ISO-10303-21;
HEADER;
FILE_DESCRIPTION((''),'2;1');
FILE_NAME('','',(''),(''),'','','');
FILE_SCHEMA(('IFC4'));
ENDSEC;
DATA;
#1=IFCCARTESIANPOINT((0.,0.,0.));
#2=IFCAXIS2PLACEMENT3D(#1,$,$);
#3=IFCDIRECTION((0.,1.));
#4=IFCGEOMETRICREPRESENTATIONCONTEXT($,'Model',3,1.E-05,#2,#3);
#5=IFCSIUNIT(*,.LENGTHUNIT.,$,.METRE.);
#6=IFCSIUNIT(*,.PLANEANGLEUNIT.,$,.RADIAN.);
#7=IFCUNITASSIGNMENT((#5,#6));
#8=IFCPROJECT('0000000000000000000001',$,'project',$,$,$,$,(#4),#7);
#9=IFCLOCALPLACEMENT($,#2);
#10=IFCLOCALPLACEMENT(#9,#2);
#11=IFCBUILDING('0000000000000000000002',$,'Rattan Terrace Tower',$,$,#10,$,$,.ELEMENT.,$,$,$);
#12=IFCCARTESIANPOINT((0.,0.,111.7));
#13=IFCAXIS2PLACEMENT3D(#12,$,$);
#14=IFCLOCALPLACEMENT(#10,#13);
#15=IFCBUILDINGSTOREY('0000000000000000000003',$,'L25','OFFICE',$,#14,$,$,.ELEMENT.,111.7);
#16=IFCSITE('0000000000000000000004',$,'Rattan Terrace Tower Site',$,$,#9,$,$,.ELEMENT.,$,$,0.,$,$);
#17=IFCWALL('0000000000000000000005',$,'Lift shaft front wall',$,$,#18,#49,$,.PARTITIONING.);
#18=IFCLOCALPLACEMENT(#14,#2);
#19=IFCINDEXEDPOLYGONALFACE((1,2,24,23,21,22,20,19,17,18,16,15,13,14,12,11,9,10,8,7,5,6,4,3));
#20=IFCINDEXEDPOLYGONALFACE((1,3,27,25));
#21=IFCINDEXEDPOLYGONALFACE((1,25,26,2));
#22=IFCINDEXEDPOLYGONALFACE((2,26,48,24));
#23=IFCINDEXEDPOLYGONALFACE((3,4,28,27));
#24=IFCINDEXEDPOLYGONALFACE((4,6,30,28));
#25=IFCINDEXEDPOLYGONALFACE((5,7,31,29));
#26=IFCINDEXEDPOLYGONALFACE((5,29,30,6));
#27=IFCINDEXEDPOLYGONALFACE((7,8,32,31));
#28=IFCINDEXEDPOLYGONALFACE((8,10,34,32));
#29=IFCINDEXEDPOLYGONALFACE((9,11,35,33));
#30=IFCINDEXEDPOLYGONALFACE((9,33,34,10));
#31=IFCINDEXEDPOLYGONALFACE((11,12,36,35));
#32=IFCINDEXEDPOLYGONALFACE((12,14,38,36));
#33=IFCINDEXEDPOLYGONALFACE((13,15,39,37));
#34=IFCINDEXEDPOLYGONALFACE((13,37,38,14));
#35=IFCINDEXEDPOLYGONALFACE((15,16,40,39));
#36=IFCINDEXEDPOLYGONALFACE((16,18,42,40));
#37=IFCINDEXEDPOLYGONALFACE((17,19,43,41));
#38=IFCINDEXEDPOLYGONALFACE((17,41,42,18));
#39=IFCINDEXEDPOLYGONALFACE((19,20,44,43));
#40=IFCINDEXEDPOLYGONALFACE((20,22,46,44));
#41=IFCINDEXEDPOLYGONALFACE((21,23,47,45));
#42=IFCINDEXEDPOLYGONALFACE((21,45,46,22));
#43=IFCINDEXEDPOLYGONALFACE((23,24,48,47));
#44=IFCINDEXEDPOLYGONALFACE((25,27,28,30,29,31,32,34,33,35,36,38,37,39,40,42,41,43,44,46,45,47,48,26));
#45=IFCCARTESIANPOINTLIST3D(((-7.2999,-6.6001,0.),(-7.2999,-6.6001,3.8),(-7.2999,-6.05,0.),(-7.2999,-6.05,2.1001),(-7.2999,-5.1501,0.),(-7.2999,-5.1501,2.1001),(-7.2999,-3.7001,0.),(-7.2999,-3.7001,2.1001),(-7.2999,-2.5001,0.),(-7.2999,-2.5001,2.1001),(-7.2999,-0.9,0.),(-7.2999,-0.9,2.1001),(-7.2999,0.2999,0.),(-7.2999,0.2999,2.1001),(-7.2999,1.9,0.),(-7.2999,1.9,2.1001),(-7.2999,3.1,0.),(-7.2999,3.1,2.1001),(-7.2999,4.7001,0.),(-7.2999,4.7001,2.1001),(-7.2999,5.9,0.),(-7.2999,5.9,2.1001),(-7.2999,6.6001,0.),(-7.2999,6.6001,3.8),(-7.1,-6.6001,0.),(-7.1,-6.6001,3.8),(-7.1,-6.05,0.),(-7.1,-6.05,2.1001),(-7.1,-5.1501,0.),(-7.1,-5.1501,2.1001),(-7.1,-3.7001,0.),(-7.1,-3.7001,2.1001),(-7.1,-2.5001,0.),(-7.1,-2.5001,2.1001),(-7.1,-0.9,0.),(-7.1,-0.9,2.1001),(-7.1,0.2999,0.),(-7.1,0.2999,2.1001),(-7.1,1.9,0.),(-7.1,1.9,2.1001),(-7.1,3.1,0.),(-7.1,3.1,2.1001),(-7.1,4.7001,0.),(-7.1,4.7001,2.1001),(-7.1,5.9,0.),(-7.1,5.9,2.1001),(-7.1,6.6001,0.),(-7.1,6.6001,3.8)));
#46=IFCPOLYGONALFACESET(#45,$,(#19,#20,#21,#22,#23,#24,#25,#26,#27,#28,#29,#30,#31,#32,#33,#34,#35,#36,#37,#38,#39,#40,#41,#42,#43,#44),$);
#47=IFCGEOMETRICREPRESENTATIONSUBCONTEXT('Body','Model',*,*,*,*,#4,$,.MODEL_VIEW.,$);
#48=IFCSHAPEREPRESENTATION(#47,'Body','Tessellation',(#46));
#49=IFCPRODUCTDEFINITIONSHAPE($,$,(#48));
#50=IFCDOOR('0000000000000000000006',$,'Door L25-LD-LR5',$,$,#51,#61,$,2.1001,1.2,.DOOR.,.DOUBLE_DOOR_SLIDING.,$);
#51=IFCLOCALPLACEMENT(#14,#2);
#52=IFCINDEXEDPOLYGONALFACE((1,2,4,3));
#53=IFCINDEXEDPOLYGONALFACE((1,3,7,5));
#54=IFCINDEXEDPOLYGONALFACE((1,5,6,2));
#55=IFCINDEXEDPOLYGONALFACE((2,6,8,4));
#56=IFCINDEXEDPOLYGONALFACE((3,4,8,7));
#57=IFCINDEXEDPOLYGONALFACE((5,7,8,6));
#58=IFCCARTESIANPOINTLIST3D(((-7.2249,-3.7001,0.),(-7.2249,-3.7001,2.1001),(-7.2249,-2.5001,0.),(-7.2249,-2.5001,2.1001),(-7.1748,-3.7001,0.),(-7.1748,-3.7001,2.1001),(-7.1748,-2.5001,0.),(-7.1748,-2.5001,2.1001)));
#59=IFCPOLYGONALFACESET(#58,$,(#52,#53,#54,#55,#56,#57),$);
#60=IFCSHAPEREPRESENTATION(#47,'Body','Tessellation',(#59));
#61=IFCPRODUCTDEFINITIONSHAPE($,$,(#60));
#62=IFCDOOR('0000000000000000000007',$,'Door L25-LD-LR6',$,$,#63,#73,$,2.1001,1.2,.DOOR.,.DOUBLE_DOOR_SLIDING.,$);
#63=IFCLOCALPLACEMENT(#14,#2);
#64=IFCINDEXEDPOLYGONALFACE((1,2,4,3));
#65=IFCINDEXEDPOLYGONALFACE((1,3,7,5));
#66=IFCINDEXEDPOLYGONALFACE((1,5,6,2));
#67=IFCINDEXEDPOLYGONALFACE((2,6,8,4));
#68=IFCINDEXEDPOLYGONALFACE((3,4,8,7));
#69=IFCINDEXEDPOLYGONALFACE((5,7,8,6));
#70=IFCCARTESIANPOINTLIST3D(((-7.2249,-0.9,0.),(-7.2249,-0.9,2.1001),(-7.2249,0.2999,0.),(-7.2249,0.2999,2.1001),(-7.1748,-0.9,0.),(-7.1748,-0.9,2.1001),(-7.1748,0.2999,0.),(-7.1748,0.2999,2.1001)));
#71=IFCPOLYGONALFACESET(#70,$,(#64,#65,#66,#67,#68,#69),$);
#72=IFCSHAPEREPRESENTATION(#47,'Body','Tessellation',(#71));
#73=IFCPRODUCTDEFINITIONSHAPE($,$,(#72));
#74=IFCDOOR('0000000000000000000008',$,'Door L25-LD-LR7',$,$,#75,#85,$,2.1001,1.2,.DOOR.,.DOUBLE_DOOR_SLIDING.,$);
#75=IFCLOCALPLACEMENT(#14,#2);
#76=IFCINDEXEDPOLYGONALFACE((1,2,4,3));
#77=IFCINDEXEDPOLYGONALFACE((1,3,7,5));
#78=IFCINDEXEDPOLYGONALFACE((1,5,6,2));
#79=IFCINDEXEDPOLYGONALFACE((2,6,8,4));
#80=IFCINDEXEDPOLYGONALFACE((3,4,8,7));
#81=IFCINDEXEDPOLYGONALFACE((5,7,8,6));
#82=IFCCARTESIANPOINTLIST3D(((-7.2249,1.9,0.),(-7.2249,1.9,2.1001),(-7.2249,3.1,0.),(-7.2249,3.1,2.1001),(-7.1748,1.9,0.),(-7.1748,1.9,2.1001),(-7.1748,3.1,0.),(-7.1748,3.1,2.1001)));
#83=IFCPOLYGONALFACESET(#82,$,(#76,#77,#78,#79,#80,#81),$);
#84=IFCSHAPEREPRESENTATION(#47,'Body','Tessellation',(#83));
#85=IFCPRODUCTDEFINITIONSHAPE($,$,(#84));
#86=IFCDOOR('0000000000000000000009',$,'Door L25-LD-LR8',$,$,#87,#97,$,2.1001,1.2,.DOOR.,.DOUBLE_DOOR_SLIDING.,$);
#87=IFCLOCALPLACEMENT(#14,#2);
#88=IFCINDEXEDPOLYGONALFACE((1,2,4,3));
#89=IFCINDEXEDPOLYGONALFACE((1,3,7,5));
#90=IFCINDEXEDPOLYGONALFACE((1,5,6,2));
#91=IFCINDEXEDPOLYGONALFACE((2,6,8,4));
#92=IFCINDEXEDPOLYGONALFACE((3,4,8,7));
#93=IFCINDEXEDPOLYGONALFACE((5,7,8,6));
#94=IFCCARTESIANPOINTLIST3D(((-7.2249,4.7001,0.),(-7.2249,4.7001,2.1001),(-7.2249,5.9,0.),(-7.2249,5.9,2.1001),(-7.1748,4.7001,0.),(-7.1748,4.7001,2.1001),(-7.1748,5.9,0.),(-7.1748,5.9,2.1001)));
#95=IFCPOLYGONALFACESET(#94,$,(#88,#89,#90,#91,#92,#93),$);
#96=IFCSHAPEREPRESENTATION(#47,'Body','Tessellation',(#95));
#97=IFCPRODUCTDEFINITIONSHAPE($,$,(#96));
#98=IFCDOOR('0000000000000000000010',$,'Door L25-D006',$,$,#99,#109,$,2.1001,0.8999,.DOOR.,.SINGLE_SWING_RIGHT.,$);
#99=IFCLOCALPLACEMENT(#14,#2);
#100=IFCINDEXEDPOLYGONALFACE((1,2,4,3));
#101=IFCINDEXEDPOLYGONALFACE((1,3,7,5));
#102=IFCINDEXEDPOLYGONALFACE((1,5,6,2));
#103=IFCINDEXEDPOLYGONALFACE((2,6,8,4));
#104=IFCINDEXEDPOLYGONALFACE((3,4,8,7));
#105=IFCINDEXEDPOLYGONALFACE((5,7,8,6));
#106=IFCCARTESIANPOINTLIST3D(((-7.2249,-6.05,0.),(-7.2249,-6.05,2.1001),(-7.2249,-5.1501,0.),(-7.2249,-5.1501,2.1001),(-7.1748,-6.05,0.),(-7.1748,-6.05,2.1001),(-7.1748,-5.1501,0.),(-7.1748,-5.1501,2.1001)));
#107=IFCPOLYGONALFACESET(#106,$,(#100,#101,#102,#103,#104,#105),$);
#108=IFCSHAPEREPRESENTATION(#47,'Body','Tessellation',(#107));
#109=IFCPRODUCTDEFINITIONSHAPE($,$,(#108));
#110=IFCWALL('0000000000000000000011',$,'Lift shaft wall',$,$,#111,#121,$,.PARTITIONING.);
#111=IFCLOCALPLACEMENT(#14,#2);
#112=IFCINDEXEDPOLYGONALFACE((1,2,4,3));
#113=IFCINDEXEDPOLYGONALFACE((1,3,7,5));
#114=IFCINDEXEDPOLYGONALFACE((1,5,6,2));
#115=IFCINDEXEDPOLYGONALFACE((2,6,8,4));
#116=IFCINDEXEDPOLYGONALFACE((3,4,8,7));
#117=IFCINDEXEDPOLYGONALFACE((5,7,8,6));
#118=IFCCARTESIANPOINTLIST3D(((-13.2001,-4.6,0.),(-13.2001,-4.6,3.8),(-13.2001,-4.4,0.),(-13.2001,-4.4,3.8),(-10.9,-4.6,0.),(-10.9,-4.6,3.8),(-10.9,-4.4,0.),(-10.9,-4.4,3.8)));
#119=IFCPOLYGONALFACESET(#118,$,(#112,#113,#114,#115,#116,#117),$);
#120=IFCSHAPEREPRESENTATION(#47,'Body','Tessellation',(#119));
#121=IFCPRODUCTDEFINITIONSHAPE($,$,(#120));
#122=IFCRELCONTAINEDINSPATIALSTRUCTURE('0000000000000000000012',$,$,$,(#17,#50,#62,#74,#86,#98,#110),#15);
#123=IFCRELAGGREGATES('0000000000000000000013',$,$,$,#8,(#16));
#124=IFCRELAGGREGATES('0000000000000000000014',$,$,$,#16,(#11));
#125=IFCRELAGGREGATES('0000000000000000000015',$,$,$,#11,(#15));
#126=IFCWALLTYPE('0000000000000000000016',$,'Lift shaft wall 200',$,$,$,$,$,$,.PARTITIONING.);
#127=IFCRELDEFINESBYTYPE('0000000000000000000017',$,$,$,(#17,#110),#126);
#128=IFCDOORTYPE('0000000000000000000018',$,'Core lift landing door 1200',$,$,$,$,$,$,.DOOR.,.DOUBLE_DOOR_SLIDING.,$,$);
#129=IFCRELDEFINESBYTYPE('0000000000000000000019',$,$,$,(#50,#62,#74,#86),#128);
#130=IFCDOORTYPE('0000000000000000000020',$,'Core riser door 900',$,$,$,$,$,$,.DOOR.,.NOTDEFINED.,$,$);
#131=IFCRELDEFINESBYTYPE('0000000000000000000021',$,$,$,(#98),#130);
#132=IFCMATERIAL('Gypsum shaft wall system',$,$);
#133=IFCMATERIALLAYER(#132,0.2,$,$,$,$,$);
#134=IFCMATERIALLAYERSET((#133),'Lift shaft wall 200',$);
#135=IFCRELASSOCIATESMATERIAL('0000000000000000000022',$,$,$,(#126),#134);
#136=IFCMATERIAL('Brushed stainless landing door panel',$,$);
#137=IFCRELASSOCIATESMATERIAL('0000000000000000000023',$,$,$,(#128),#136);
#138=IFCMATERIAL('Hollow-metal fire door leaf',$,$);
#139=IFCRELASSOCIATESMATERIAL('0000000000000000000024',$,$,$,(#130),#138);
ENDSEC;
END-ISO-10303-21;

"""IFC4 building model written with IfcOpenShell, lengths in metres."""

from ifc_helpers import new_model, si_unit, direction, frame, frame_2d, origin, place, context, subcontext, project, spatial, rectangle, extrude, material, layer, layer_set, type_object, element, fill, save


model = new_model("IFC4")

# Units and contexts
model_context = context("Model", 3, precision=1e-05, world=origin(), true_north=direction((0.0, 1.0)))
body_context = subcontext(model_context, "Body", "Model", "MODEL_VIEW")
ifc_project = project(units=[si_unit("LENGTHUNIT", "METRE"), si_unit("PLANEANGLEUNIT", "RADIAN")], contexts=[model_context])

# Site, building, storey
site_placement = place(None, origin())
site = spatial("IfcSite", under=ifc_project, at=site_placement, Name="Rattan Terrace Tower Site", CompositionType="ELEMENT", RefElevation=0.0)
building_placement = place(site_placement, origin())
building = spatial("IfcBuilding", under=site, at=building_placement, Name="Rattan Terrace Tower", CompositionType="ELEMENT")
storey_placement = place(building_placement, frame((0.0, 0.0, 111.7)))
storey = spatial("IfcBuildingStorey", under=building, at=storey_placement, Name="L25", Description="OFFICE", CompositionType="ELEMENT", Elevation=111.7)

# Wall, openings, doors
ifc_material_1 = material(Name="Gypsum shaft wall system")
ifc_layer_1 = layer(ifc_material_1, 0.2)
ifc_layer_set_1 = layer_set([ifc_layer_1], Name="Lift shaft wall 200")
wall_type_1 = type_object("IfcWallType", Name="Lift shaft wall 200", PredefinedType="PARTITIONING", material=ifc_layer_set_1)
ifc_material_2 = material(Name="Brushed stainless landing door panel")
door_type_1 = type_object("IfcDoorType", Name="Core lift landing door 1200", OperationType="DOUBLE_DOOR_SLIDING", PredefinedType="DOOR", material=ifc_material_2)
ifc_material_3 = material(Name="Hollow-metal fire door leaf")
door_type_2 = type_object("IfcDoorType", Name="Core riser door 900", OperationType="NOTDEFINED", PredefinedType="DOOR", material=ifc_material_3)
wall_1_placement = place(storey_placement, frame((-7.2, -6.6001, 0.0), z_axis=(0.0, 0.0, 1.0), x_axis=(0.0, 1.0, 0.0)))
wall_1 = element("IfcWall", 1, at=wall_1_placement, inside=storey, type_object=wall_type_1, Name="Lift shaft front wall", PredefinedType="PARTITIONING", context=body_context, shape_type="SweptSolid", body=[
    extrude(rectangle(XDim=13.2002, YDim=0.2, at=frame_2d((6.6001, 0.0))), origin(), (0.0, 0.0, 1.0), 3.8),
])
opening_1_placement = place(wall_1_placement, frame((0.55, 0.0, 0.0)))
opening_1 = element("IfcOpeningElement", 2, at=opening_1_placement, cuts=wall_1, PredefinedType="OPENING", context=body_context, shape_type="SweptSolid", body=[
    extrude(rectangle(XDim=0.8999, YDim=2.1001, at=frame_2d((0.45, 1.05))), frame((0.0, 0.1106, 0.0), z_axis=(0.0, -1.0, 0.0), x_axis=(1.0, 0.0, 0.0)), (0.0, 0.0, 1.0), 0.2209),
])
opening_2_placement = place(wall_1_placement, frame((2.8999, 0.0, 0.0)))
opening_2 = element("IfcOpeningElement", 3, at=opening_2_placement, cuts=wall_1, PredefinedType="OPENING", context=body_context, shape_type="SweptSolid", body=[
    extrude(rectangle(XDim=1.2, YDim=2.1001, at=frame_2d((0.6001, 1.05))), frame((0.0, 0.1106, 0.0), z_axis=(0.0, -1.0, 0.0), x_axis=(1.0, 0.0, 0.0)), (0.0, 0.0, 1.0), 0.2209),
])
opening_3_placement = place(wall_1_placement, frame((5.7, 0.0, 0.0)))
opening_3 = element("IfcOpeningElement", 4, at=opening_3_placement, cuts=wall_1, PredefinedType="OPENING", context=body_context, shape_type="SweptSolid", body=[
    extrude(rectangle(XDim=1.2, YDim=2.1001, at=frame_2d((0.6001, 1.05))), frame((0.0, 0.1106, 0.0), z_axis=(0.0, -1.0, 0.0), x_axis=(1.0, 0.0, 0.0)), (0.0, 0.0, 1.0), 0.2209),
])
opening_4_placement = place(wall_1_placement, frame((8.5, 0.0, 0.0)))
opening_4 = element("IfcOpeningElement", 5, at=opening_4_placement, cuts=wall_1, PredefinedType="OPENING", context=body_context, shape_type="SweptSolid", body=[
    extrude(rectangle(XDim=1.2, YDim=2.1001, at=frame_2d((0.6001, 1.05))), frame((0.0, 0.1106, 0.0), z_axis=(0.0, -1.0, 0.0), x_axis=(1.0, 0.0, 0.0)), (0.0, 0.0, 1.0), 0.2209),
])
opening_5_placement = place(wall_1_placement, frame((11.3, 0.0, 0.0)))
opening_5 = element("IfcOpeningElement", 6, at=opening_5_placement, cuts=wall_1, PredefinedType="OPENING", context=body_context, shape_type="SweptSolid", body=[
    extrude(rectangle(XDim=1.2, YDim=2.1001, at=frame_2d((0.6001, 1.05))), frame((0.0, 0.1106, 0.0), z_axis=(0.0, -1.0, 0.0), x_axis=(1.0, 0.0, 0.0)), (0.0, 0.0, 1.0), 0.2209),
])
door_1_placement = place(opening_2_placement, origin())
door_1 = element("IfcDoor", 7, at=door_1_placement, inside=storey, type_object=door_type_1, Name="Door L25-LD-LR5", OperationType="DOUBLE_DOOR_SLIDING", OverallHeight=2.1001, OverallWidth=1.2, PredefinedType="DOOR", context=body_context, shape_type="SweptSolid", body=[
    extrude(rectangle(XDim=1.2, YDim=2.1001, at=frame_2d((0.6001, 1.05))), frame((0.0, 0.0249, 0.0), z_axis=(0.0, -1.0, 0.0), x_axis=(1.0, 0.0, 0.0)), (0.0, 0.0, 1.0), 0.05),
])
fill(opening_2, door_1)
door_2_placement = place(opening_3_placement, origin())
door_2 = element("IfcDoor", 8, at=door_2_placement, inside=storey, type_object=door_type_1, Name="Door L25-LD-LR6", OperationType="DOUBLE_DOOR_SLIDING", OverallHeight=2.1001, OverallWidth=1.2, PredefinedType="DOOR", context=body_context, shape_type="SweptSolid", body=[
    extrude(rectangle(XDim=1.2, YDim=2.1001, at=frame_2d((0.6001, 1.05))), frame((0.0, 0.0249, 0.0), z_axis=(0.0, -1.0, 0.0), x_axis=(1.0, 0.0, 0.0)), (0.0, 0.0, 1.0), 0.05),
])
fill(opening_3, door_2)
door_3_placement = place(opening_4_placement, origin())
door_3 = element("IfcDoor", 9, at=door_3_placement, inside=storey, type_object=door_type_1, Name="Door L25-LD-LR7", OperationType="DOUBLE_DOOR_SLIDING", OverallHeight=2.1001, OverallWidth=1.2, PredefinedType="DOOR", context=body_context, shape_type="SweptSolid", body=[
    extrude(rectangle(XDim=1.2, YDim=2.1001, at=frame_2d((0.6001, 1.05))), frame((0.0, 0.0249, 0.0), z_axis=(0.0, -1.0, 0.0), x_axis=(1.0, 0.0, 0.0)), (0.0, 0.0, 1.0), 0.05),
])
fill(opening_4, door_3)
door_4_placement = place(opening_5_placement, origin())
door_4 = element("IfcDoor", 10, at=door_4_placement, inside=storey, type_object=door_type_1, Name="Door L25-LD-LR8", OperationType="DOUBLE_DOOR_SLIDING", OverallHeight=2.1001, OverallWidth=1.2, PredefinedType="DOOR", context=body_context, shape_type="SweptSolid", body=[
    extrude(rectangle(XDim=1.2, YDim=2.1001, at=frame_2d((0.6001, 1.05))), frame((0.0, 0.0249, 0.0), z_axis=(0.0, -1.0, 0.0), x_axis=(1.0, 0.0, 0.0)), (0.0, 0.0, 1.0), 0.05),
])
fill(opening_5, door_4)
door_5_placement = place(opening_1_placement, origin())
door_5 = element("IfcDoor", 11, at=door_5_placement, inside=storey, type_object=door_type_2, Name="Door L25-D006", OperationType="SINGLE_SWING_RIGHT", OverallHeight=2.1001, OverallWidth=0.8999, PredefinedType="DOOR", context=body_context, shape_type="SweptSolid", body=[
    extrude(rectangle(XDim=0.8999, YDim=2.1001, at=frame_2d((0.45, 1.05))), frame((0.0, 0.0249, 0.0), z_axis=(0.0, -1.0, 0.0), x_axis=(1.0, 0.0, 0.0)), (0.0, 0.0, 1.0), 0.05),
])
fill(opening_1, door_5)

# Wall
wall_2_placement = place(storey_placement, frame((-13.2, -4.5, 0.0), z_axis=(0.0, 0.0, 1.0), x_axis=(1.0, 0.0, 0.0)))
element("IfcWall", 12, at=wall_2_placement, inside=storey, type_object=wall_type_1, Name="Lift shaft wall", PredefinedType="PARTITIONING", context=body_context, shape_type="SweptSolid", body=[
    extrude(rectangle(XDim=2.3, YDim=0.2, at=frame_2d((1.1499, 0.0))), origin(), (0.0, 0.0, 1.0), 3.8),
])

save(model, "model.ifc")
